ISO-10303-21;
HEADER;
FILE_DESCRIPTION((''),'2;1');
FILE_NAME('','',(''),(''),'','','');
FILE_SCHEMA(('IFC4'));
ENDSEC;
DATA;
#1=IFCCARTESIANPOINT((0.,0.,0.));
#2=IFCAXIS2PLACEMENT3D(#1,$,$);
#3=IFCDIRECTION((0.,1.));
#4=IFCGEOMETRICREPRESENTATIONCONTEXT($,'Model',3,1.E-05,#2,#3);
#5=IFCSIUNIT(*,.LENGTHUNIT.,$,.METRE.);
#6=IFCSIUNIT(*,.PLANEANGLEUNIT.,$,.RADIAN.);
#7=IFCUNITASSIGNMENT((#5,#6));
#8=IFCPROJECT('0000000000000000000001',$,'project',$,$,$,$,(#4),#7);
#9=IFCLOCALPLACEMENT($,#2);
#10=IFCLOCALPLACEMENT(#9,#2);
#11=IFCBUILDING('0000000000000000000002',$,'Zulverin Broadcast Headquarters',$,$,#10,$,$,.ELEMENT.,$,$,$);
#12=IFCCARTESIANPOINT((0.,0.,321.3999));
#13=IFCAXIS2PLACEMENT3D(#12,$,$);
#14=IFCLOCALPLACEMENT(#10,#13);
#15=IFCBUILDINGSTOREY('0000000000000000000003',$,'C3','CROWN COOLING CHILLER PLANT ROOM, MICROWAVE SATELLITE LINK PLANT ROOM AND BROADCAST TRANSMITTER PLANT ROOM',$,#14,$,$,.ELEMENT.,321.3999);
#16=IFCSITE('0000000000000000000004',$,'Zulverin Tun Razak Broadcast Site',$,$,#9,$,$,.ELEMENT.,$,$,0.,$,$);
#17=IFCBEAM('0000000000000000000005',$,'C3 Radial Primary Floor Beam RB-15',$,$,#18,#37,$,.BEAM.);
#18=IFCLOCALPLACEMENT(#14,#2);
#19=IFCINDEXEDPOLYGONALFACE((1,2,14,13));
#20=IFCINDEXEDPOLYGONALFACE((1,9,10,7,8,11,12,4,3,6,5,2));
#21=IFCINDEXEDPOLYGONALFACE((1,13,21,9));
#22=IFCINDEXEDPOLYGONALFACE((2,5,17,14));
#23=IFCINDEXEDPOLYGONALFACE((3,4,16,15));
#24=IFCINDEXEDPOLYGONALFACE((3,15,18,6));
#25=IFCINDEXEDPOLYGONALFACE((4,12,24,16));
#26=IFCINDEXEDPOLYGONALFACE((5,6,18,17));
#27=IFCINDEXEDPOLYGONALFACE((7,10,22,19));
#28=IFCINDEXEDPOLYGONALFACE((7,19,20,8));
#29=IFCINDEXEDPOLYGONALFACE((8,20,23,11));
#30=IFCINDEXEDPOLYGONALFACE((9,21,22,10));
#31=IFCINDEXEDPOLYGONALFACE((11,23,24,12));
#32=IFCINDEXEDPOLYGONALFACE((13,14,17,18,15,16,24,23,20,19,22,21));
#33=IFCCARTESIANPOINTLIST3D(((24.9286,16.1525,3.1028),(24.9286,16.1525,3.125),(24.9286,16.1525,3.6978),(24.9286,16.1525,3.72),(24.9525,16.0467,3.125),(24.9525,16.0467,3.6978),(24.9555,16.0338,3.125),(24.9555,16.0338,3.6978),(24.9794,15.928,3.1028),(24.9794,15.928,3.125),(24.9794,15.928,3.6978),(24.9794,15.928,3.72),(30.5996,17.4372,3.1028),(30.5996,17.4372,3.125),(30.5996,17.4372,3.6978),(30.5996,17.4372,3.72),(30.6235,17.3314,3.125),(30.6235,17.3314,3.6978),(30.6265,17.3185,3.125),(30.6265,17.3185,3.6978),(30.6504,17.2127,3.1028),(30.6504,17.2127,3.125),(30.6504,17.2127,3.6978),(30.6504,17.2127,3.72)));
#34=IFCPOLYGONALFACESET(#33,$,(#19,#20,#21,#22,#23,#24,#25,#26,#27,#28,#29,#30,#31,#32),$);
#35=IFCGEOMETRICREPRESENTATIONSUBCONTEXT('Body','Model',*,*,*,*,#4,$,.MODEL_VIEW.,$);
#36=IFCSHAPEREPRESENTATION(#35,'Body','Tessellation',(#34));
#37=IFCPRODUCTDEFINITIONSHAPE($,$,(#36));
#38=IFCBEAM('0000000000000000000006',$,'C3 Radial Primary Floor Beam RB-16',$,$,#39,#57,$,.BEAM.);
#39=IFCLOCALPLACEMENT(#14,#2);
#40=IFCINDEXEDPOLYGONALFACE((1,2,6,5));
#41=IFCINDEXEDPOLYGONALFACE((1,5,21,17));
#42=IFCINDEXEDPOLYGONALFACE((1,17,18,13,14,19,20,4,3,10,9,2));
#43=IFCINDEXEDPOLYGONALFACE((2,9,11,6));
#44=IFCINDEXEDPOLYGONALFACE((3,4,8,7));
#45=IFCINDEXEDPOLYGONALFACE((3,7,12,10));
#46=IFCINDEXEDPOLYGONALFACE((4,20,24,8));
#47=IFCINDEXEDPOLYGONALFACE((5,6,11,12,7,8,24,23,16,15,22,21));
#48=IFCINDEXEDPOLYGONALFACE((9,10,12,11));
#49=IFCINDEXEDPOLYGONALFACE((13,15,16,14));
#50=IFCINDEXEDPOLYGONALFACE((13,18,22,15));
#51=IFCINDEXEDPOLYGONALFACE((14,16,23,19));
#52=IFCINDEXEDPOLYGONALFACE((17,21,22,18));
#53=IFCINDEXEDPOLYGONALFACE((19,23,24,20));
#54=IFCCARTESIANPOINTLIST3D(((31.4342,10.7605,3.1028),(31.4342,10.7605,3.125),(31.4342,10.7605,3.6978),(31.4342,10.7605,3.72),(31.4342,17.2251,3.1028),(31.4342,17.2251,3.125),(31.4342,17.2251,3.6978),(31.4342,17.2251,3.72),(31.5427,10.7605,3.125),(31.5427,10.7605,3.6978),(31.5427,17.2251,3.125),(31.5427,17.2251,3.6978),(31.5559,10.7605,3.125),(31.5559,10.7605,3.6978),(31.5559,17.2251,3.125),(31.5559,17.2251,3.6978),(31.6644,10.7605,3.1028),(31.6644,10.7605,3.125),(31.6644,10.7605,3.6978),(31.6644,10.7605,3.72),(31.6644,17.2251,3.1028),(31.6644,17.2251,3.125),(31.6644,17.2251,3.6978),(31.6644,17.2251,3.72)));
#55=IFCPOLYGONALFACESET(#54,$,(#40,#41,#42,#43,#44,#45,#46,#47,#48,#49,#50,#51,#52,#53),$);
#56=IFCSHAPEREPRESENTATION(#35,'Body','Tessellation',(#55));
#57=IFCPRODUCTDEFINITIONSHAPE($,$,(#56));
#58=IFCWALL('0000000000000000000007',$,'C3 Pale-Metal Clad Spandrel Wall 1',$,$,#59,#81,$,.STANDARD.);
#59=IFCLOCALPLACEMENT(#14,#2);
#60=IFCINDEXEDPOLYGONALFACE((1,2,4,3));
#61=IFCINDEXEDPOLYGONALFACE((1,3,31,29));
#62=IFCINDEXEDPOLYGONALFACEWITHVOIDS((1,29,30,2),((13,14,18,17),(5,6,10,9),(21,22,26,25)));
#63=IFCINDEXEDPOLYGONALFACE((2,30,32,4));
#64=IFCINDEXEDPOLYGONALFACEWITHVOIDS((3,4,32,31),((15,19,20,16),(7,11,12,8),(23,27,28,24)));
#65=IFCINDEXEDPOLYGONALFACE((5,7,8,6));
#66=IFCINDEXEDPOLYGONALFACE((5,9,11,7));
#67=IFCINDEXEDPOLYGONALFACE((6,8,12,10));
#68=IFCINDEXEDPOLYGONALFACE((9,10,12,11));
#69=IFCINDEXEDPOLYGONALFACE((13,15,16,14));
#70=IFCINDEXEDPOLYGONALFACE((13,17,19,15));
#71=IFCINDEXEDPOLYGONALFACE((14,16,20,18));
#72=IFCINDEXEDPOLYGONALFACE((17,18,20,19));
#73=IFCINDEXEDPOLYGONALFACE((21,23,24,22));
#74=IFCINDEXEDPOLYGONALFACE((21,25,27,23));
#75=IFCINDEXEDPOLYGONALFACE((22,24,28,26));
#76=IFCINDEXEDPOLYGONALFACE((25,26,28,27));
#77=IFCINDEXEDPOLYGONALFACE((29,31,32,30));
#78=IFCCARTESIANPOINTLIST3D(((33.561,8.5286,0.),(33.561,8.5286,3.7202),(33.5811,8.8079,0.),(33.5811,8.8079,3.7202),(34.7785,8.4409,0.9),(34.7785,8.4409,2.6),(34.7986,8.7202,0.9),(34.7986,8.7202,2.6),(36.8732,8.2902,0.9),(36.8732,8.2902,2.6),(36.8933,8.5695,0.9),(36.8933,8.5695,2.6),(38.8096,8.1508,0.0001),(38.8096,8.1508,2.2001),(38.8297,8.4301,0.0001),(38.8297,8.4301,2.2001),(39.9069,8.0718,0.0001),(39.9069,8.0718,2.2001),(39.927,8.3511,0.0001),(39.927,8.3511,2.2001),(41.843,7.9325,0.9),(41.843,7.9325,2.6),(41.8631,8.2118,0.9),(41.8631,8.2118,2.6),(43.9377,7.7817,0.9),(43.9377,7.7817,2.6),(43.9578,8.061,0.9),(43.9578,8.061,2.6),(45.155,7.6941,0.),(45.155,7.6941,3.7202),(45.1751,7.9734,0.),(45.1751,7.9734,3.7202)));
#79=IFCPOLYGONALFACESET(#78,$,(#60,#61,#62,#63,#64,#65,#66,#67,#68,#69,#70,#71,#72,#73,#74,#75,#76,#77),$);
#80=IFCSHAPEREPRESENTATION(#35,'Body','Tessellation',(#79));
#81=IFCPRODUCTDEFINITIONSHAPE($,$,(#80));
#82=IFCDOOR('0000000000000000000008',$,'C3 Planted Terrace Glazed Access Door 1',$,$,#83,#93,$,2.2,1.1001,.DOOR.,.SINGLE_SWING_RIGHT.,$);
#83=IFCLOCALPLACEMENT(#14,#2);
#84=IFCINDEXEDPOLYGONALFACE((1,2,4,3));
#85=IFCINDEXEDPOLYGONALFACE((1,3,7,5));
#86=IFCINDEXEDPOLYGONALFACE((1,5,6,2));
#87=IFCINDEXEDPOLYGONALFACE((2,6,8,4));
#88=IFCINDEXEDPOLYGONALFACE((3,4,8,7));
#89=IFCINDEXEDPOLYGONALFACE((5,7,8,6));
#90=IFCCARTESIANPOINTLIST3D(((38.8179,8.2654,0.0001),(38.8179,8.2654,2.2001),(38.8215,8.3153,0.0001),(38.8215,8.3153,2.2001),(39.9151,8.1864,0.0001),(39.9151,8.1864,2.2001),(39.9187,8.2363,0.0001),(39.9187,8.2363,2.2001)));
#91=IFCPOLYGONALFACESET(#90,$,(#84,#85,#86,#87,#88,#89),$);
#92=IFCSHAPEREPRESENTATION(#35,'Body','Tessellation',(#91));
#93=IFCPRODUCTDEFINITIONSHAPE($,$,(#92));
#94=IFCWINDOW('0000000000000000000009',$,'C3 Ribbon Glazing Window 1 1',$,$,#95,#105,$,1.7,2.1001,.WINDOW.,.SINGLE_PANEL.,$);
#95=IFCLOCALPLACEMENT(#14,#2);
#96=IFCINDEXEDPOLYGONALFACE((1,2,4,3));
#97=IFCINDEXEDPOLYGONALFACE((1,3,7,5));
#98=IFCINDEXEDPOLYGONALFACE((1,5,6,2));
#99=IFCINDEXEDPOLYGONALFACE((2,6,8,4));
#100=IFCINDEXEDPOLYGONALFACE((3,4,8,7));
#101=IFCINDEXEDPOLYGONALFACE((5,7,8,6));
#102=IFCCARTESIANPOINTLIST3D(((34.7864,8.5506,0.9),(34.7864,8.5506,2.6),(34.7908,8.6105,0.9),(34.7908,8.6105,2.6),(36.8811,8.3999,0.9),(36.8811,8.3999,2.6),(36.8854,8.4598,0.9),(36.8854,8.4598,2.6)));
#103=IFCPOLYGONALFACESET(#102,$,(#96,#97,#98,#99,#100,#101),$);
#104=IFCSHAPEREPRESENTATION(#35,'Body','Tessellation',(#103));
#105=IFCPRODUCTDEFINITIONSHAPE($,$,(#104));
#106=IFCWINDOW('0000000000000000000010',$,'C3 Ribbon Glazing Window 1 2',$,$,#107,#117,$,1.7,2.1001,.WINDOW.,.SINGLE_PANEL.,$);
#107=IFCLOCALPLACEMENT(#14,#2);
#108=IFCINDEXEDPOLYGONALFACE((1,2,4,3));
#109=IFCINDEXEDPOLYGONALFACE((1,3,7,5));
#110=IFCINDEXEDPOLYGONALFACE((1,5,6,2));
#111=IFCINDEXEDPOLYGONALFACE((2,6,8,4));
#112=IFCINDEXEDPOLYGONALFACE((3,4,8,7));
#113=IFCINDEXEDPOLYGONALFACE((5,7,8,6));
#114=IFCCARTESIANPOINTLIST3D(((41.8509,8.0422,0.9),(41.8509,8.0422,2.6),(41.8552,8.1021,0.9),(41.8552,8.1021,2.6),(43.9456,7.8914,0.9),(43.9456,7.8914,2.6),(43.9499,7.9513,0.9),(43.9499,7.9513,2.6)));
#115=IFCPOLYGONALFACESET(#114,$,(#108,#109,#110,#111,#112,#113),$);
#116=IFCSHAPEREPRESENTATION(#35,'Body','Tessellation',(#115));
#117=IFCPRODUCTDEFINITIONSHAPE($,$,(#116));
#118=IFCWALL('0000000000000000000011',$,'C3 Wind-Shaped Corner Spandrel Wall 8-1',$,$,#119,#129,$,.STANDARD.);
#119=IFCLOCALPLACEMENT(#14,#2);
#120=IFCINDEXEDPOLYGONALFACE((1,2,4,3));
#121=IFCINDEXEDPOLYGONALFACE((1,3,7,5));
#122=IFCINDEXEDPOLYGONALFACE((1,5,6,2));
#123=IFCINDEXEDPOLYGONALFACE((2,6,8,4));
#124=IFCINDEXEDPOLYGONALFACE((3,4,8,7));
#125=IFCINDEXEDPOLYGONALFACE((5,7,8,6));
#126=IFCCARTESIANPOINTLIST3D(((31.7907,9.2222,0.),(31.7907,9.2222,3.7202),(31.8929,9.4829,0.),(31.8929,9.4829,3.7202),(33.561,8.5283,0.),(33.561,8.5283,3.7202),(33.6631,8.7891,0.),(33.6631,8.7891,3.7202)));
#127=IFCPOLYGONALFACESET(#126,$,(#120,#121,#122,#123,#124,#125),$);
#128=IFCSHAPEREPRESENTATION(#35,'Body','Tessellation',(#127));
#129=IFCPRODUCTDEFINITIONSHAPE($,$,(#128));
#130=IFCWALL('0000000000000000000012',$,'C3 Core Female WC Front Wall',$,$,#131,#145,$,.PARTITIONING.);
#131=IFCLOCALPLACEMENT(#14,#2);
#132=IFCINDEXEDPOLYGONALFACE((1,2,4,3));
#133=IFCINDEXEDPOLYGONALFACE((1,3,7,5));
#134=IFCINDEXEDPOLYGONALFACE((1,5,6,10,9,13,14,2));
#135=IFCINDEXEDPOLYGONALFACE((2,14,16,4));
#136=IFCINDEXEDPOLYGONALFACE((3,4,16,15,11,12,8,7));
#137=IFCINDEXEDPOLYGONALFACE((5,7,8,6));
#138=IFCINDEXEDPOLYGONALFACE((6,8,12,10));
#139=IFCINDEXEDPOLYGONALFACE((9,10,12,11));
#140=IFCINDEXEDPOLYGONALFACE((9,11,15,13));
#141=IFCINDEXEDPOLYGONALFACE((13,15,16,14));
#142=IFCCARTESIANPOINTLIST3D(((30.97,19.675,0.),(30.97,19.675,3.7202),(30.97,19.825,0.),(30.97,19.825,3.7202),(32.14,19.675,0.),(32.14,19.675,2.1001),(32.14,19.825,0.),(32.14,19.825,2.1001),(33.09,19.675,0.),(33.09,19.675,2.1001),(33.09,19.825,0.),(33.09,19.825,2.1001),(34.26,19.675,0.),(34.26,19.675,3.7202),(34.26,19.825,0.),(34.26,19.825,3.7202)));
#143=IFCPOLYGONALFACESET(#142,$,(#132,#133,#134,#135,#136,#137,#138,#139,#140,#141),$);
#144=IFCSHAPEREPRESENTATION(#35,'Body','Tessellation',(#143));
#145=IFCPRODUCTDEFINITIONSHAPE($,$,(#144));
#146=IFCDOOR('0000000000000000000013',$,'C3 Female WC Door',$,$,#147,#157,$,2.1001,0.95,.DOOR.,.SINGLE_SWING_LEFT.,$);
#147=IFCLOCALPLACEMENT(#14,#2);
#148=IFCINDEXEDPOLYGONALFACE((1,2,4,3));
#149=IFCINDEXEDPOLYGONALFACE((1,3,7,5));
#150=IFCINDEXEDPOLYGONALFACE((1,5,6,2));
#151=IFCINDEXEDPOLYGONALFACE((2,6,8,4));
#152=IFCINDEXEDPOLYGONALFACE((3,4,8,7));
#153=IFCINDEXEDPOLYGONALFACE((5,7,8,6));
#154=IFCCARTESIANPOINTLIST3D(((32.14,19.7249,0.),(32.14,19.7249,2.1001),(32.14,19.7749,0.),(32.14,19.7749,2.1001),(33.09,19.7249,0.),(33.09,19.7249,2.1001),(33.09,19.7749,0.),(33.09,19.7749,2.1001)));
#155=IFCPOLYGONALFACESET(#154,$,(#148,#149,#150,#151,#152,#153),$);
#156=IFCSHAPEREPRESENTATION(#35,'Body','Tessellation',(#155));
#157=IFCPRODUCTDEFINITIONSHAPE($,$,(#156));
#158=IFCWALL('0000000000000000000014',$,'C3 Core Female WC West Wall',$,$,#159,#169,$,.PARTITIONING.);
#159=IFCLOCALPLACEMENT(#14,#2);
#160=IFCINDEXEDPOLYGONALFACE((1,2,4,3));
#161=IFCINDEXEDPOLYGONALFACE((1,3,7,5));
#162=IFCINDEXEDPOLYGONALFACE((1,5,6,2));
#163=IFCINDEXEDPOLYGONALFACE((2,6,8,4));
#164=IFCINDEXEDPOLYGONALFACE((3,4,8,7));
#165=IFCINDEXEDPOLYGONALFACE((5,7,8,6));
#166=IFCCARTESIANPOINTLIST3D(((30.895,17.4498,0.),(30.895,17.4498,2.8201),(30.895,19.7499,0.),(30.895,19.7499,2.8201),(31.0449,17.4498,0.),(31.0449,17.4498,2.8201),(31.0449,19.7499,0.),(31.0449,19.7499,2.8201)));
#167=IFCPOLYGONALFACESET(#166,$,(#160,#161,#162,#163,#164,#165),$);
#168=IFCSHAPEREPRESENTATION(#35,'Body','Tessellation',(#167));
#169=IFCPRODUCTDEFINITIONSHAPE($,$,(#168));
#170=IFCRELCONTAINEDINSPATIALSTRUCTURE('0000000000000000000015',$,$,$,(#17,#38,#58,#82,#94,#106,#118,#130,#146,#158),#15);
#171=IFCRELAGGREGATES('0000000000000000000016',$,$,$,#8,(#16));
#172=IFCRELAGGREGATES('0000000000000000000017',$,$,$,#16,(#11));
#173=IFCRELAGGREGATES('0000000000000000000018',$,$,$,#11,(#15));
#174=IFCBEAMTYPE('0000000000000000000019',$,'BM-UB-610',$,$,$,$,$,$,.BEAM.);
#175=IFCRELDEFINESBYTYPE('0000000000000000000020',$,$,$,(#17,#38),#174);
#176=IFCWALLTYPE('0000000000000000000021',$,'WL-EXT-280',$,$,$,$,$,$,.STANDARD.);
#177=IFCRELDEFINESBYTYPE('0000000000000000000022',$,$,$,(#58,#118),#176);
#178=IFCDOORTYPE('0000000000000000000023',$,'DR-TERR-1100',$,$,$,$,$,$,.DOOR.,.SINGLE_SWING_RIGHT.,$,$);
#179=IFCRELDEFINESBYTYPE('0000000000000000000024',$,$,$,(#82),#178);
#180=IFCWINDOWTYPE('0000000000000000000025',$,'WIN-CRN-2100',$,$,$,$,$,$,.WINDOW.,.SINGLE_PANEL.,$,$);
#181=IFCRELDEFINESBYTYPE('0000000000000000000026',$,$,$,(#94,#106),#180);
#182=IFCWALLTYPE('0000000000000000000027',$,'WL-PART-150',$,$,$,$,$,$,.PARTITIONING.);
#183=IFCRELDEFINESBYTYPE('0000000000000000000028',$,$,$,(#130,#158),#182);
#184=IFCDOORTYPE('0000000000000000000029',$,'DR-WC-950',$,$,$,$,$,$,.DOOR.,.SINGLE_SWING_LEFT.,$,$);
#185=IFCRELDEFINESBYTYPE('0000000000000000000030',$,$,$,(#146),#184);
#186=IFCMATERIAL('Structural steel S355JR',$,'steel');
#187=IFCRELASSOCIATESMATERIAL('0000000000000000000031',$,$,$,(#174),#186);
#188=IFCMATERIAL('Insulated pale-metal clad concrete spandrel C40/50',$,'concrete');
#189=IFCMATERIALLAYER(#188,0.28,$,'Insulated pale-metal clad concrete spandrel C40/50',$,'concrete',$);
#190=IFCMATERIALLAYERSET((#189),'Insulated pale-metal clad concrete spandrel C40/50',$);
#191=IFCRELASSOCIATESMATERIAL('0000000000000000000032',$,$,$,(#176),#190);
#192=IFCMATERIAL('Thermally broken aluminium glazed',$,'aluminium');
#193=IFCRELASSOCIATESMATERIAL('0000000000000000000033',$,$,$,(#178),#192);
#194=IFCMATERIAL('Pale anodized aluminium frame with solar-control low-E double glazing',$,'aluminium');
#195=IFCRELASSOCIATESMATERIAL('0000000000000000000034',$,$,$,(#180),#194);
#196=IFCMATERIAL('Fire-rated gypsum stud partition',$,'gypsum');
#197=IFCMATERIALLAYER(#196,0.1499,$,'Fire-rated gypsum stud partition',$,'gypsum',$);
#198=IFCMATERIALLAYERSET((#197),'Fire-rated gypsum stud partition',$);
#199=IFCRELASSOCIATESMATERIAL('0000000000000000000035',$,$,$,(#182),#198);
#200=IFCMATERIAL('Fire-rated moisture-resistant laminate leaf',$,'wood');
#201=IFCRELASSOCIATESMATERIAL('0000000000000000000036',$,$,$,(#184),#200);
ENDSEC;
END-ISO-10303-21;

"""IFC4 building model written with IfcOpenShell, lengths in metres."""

from ifc_helpers import new_model, si_unit, direction, frame, frame_2d, origin, origin_2d, place, context, subcontext, project, spatial, rectangle, i_section, extrude, material, layer, layer_set, material_profile, profile_set, type_object, element, fill, save


model = new_model("IFC4")

# Units and contexts
model_context = context("Model", 3, precision=1e-05, world=origin(), true_north=direction((0.0, 1.0)))
body_context = subcontext(model_context, "Body", "Model", "MODEL_VIEW")
ifc_project = project(units=[si_unit("LENGTHUNIT", "METRE"), si_unit("PLANEANGLEUNIT", "RADIAN")], contexts=[model_context])

# Site, building, storey
site_placement = place(None, origin())
site = spatial("IfcSite", under=ifc_project, at=site_placement, Name="Zulverin Tun Razak Broadcast Site", CompositionType="ELEMENT", RefElevation=0.0)
building_placement = place(site_placement, origin())
building = spatial("IfcBuilding", under=site, at=building_placement, Name="Zulverin Broadcast Headquarters", CompositionType="ELEMENT")
storey_placement = place(building_placement, frame((0.0, 0.0, 321.3999)))
storey = spatial("IfcBuildingStorey", under=building, at=storey_placement, Name="C3", Description="CROWN COOLING CHILLER PLANT ROOM, MICROWAVE SATELLITE LINK PLANT ROOM AND BROADCAST TRANSMITTER PLANT ROOM", CompositionType="ELEMENT", Elevation=321.3999)

# Shared definitions
ifc_material_1 = material(Name="Structural steel S355JR", Category="steel")

# Beams
ifc_material_profile_1 = material_profile(ifc_material_1, i_section(OverallWidth=0.2302, OverallDepth=0.6172, WebThickness=0.0132, FlangeThickness=0.0222, at=origin_2d()), Name="Structural steel S355JR", Category="steel")
ifc_profile_set_1 = profile_set([ifc_material_profile_1], Name="Structural steel S355JR")
beam_type_1 = type_object("IfcBeamType", Name="BM-UB-610", PredefinedType="BEAM", material=ifc_profile_set_1)
beam_1_placement = place(storey_placement, frame((30.625, 17.325, 3.4114), z_axis=(-0.975288, -0.220939, 0.0), x_axis=(0.220939, -0.975288, 0.0)))
element("IfcBeam", 1, at=beam_1_placement, inside=storey, type_object=beam_type_1, Name="C3 Radial Primary Floor Beam RB-15", PredefinedType="BEAM", context=body_context, shape_type="SweptSolid", body=[
    extrude(i_section(OverallWidth=0.2302, OverallDepth=0.6172, WebThickness=0.0132, FlangeThickness=0.0222, at=origin_2d()), origin(), (0.0, 0.0, 1.0), 5.8147),
])
beam_2_placement = place(storey_placement, frame((31.5493, 17.2251, 3.4114), z_axis=(0.0, -1.0, 0.0), x_axis=(1.0, 0.0, 0.0)))
element("IfcBeam", 2, at=beam_2_placement, inside=storey, type_object=beam_type_1, Name="C3 Radial Primary Floor Beam RB-16", PredefinedType="BEAM", context=body_context, shape_type="SweptSolid", body=[
    extrude(i_section(OverallWidth=0.2302, OverallDepth=0.6172, WebThickness=0.0132, FlangeThickness=0.0222, at=origin_2d()), origin(), (0.0, 0.0, 1.0), 6.4646),
])

# Wall, openings, door, windows
ifc_material_2 = material(Name="Insulated pale-metal clad concrete spandrel C40/50", Category="concrete")
ifc_layer_1 = layer(ifc_material_2, 0.28, Name="Insulated pale-metal clad concrete spandrel C40/50", Category="concrete")
ifc_layer_set_1 = layer_set([ifc_layer_1], Name="Insulated pale-metal clad concrete spandrel C40/50")
wall_type_1 = type_object("IfcWallType", Name="WL-EXT-280", PredefinedType="STANDARD", material=ifc_layer_set_1)
wall_1_placement = place(storey_placement, frame((33.571, 8.6682, 0.0), z_axis=(0.0, 0.0, 1.0), x_axis=(0.99742, -0.071789, 0.0)))
wall_1 = element("IfcWall", 3, at=wall_1_placement, inside=storey, type_object=wall_type_1, Name="C3 Pale-Metal Clad Spandrel Wall 1", PredefinedType="STANDARD", context=body_context, shape_type="SweptSolid", body=[
    extrude(rectangle(XDim=11.624, YDim=0.28, at=frame_2d((5.812, 0.0))), origin(), (0.0, 0.0, 1.0), 3.7202),
])
opening_1_placement = place(wall_1_placement, frame((5.2622, 0.0, 0.0)))
opening_1 = element("IfcOpeningElement", 4, at=opening_1_placement, cuts=wall_1, PredefinedType="OPENING", context=body_context, shape_type="SweptSolid", body=[
    extrude(rectangle(XDim=1.1001, YDim=2.2, at=frame_2d((0.55, 1.1001))), frame((0.0, 0.1499, 0.0), z_axis=(0.0, -1.0, 0.0), x_axis=(1.0, 0.0, 0.0)), (0.0, 0.0, 1.0), 0.3),
])
opening_2_placement = place(wall_1_placement, frame((1.2207, 0.0, 0.8999)))
opening_2 = element("IfcOpeningElement", 5, at=opening_2_placement, cuts=wall_1, PredefinedType="OPENING", context=body_context, shape_type="SweptSolid", body=[
    extrude(rectangle(XDim=2.1001, YDim=1.7, at=frame_2d((1.05, 0.8501))), frame((0.0, 0.1499, 0.0), z_axis=(0.0, -1.0, 0.0), x_axis=(1.0, 0.0, 0.0)), (0.0, 0.0, 1.0), 0.3),
])
opening_3_placement = place(wall_1_placement, frame((8.3035, 0.0, 0.8999)))
opening_3 = element("IfcOpeningElement", 6, at=opening_3_placement, cuts=wall_1, PredefinedType="OPENING", context=body_context, shape_type="SweptSolid", body=[
    extrude(rectangle(XDim=2.1001, YDim=1.7, at=frame_2d((1.05, 0.8501))), frame((0.0, 0.1499, 0.0), z_axis=(0.0, -1.0, 0.0), x_axis=(1.0, 0.0, 0.0)), (0.0, 0.0, 1.0), 0.3),
])
ifc_material_3 = material(Name="Thermally broken aluminium glazed", Category="aluminium")
door_type_1 = type_object("IfcDoorType", Name="DR-TERR-1100", OperationType="SINGLE_SWING_RIGHT", PredefinedType="DOOR", material=ifc_material_3)
door_1_placement = place(opening_1_placement, origin())
door_1 = element("IfcDoor", 7, at=door_1_placement, inside=storey, type_object=door_type_1, Name="C3 Planted Terrace Glazed Access Door 1", OperationType="SINGLE_SWING_RIGHT", OverallHeight=2.2, OverallWidth=1.1001, PredefinedType="DOOR", context=body_context, shape_type="SweptSolid", body=[
    extrude(rectangle(XDim=1.1001, YDim=2.2, at=frame_2d((0.55, 1.1001))), frame((0.0, 0.0249, 0.0), z_axis=(0.0, -1.0, 0.0), x_axis=(1.0, 0.0, 0.0)), (0.0, 0.0, 1.0), 0.05),
])
fill(opening_1, door_1)
ifc_material_4 = material(Name="Pale anodized aluminium frame with solar-control low-E double glazing", Category="aluminium")
window_type = type_object("IfcWindowType", Name="WIN-CRN-2100", PartitioningType="SINGLE_PANEL", PredefinedType="WINDOW", material=ifc_material_4)
window_1_placement = place(opening_2_placement, origin())
window_1 = element("IfcWindow", 8, at=window_1_placement, inside=storey, type_object=window_type, Name="C3 Ribbon Glazing Window 1 1", OverallHeight=1.7, OverallWidth=2.1001, PartitioningType="SINGLE_PANEL", PredefinedType="WINDOW", context=body_context, shape_type="SweptSolid", body=[
    extrude(rectangle(XDim=2.1001, YDim=1.7, at=frame_2d((1.05, 0.8501))), frame((0.0, 0.03, 0.0), z_axis=(0.0, -1.0, 0.0), x_axis=(1.0, 0.0, 0.0)), (0.0, 0.0, 1.0), 0.0601),
])
fill(opening_2, window_1)
window_2_placement = place(opening_3_placement, origin())
window_2 = element("IfcWindow", 9, at=window_2_placement, inside=storey, type_object=window_type, Name="C3 Ribbon Glazing Window 1 2", OverallHeight=1.7, OverallWidth=2.1001, PartitioningType="SINGLE_PANEL", PredefinedType="WINDOW", context=body_context, shape_type="SweptSolid", body=[
    extrude(rectangle(XDim=2.1001, YDim=1.7, at=frame_2d((1.05, 0.8501))), frame((0.0, 0.03, 0.0), z_axis=(0.0, -1.0, 0.0), x_axis=(1.0, 0.0, 0.0)), (0.0, 0.0, 1.0), 0.0601),
])
fill(opening_3, window_2)

# Wall
wall_2_placement = place(storey_placement, frame((31.8418, 9.3525, 0.0), z_axis=(0.0, 0.0, 1.0), x_axis=(0.93104, -0.364917, 0.0)))
element("IfcWall", 10, at=wall_2_placement, inside=storey, type_object=wall_type_1, Name="C3 Wind-Shaped Corner Spandrel Wall 8-1", PredefinedType="STANDARD", context=body_context, shape_type="SweptSolid", body=[
    extrude(rectangle(XDim=1.9014, YDim=0.28, at=frame_2d((0.9507, 0.0))), origin(), (0.0, 0.0, 1.0), 3.7202),
])

# Wall, opening, door
ifc_material_5 = material(Name="Fire-rated gypsum stud partition", Category="gypsum")
ifc_layer_2 = layer(ifc_material_5, 0.1499, Name="Fire-rated gypsum stud partition", Category="gypsum")
ifc_layer_set_2 = layer_set([ifc_layer_2], Name="Fire-rated gypsum stud partition")
wall_type_2 = type_object("IfcWallType", Name="WL-PART-150", PredefinedType="PARTITIONING", material=ifc_layer_set_2)
wall_3_placement = place(storey_placement, frame((30.97, 19.75, 0.0), z_axis=(0.0, 0.0, 1.0), x_axis=(1.0, 0.0, 0.0)))
wall_3 = element("IfcWall", 11, at=wall_3_placement, inside=storey, type_object=wall_type_2, Name="C3 Core Female WC Front Wall", PredefinedType="PARTITIONING", context=body_context, shape_type="SweptSolid", body=[
    extrude(rectangle(XDim=3.29, YDim=0.1499, at=frame_2d((1.645, 0.0))), origin(), (0.0, 0.0, 1.0), 3.7202),
])
opening_4_placement = place(wall_3_placement, frame((1.1699, 0.0, 0.0)))
opening_4 = element("IfcOpeningElement", 12, at=opening_4_placement, cuts=wall_3, PredefinedType="OPENING", context=body_context, shape_type="SweptSolid", body=[
    extrude(rectangle(XDim=0.95, YDim=2.1001, at=frame_2d((0.4751, 1.05))), frame((0.0, 0.085, 0.0), z_axis=(0.0, -1.0, 0.0), x_axis=(1.0, 0.0, 0.0)), (0.0, 0.0, 1.0), 0.1699),
])
ifc_material_6 = material(Name="Fire-rated moisture-resistant laminate leaf", Category="wood")
door_type_2 = type_object("IfcDoorType", Name="DR-WC-950", OperationType="SINGLE_SWING_LEFT", PredefinedType="DOOR", material=ifc_material_6)
door_2_placement = place(opening_4_placement, origin())
door_2 = element("IfcDoor", 13, at=door_2_placement, inside=storey, type_object=door_type_2, Name="C3 Female WC Door", OperationType="SINGLE_SWING_LEFT", OverallHeight=2.1001, OverallWidth=0.95, PredefinedType="DOOR", context=body_context, shape_type="SweptSolid", body=[
    extrude(rectangle(XDim=0.95, YDim=2.1001, at=frame_2d((0.4751, 1.05))), frame((0.0, 0.0249, 0.0), z_axis=(0.0, -1.0, 0.0), x_axis=(1.0, 0.0, 0.0)), (0.0, 0.0, 1.0), 0.05),
])
fill(opening_4, door_2)

# Wall
wall_4_placement = place(storey_placement, frame((30.97, 17.45, 0.0), z_axis=(0.0, 0.0, 1.0), x_axis=(0.0, 1.0, 0.0)))
element("IfcWall", 14, at=wall_4_placement, inside=storey, type_object=wall_type_2, Name="C3 Core Female WC West Wall", PredefinedType="PARTITIONING", context=body_context, shape_type="SweptSolid", body=[
    extrude(rectangle(XDim=2.3, YDim=0.1499, at=frame_2d((1.1499, 0.0))), origin(), (0.0, 0.0, 1.0), 2.8201),
])

save(model, "model.ifc")
